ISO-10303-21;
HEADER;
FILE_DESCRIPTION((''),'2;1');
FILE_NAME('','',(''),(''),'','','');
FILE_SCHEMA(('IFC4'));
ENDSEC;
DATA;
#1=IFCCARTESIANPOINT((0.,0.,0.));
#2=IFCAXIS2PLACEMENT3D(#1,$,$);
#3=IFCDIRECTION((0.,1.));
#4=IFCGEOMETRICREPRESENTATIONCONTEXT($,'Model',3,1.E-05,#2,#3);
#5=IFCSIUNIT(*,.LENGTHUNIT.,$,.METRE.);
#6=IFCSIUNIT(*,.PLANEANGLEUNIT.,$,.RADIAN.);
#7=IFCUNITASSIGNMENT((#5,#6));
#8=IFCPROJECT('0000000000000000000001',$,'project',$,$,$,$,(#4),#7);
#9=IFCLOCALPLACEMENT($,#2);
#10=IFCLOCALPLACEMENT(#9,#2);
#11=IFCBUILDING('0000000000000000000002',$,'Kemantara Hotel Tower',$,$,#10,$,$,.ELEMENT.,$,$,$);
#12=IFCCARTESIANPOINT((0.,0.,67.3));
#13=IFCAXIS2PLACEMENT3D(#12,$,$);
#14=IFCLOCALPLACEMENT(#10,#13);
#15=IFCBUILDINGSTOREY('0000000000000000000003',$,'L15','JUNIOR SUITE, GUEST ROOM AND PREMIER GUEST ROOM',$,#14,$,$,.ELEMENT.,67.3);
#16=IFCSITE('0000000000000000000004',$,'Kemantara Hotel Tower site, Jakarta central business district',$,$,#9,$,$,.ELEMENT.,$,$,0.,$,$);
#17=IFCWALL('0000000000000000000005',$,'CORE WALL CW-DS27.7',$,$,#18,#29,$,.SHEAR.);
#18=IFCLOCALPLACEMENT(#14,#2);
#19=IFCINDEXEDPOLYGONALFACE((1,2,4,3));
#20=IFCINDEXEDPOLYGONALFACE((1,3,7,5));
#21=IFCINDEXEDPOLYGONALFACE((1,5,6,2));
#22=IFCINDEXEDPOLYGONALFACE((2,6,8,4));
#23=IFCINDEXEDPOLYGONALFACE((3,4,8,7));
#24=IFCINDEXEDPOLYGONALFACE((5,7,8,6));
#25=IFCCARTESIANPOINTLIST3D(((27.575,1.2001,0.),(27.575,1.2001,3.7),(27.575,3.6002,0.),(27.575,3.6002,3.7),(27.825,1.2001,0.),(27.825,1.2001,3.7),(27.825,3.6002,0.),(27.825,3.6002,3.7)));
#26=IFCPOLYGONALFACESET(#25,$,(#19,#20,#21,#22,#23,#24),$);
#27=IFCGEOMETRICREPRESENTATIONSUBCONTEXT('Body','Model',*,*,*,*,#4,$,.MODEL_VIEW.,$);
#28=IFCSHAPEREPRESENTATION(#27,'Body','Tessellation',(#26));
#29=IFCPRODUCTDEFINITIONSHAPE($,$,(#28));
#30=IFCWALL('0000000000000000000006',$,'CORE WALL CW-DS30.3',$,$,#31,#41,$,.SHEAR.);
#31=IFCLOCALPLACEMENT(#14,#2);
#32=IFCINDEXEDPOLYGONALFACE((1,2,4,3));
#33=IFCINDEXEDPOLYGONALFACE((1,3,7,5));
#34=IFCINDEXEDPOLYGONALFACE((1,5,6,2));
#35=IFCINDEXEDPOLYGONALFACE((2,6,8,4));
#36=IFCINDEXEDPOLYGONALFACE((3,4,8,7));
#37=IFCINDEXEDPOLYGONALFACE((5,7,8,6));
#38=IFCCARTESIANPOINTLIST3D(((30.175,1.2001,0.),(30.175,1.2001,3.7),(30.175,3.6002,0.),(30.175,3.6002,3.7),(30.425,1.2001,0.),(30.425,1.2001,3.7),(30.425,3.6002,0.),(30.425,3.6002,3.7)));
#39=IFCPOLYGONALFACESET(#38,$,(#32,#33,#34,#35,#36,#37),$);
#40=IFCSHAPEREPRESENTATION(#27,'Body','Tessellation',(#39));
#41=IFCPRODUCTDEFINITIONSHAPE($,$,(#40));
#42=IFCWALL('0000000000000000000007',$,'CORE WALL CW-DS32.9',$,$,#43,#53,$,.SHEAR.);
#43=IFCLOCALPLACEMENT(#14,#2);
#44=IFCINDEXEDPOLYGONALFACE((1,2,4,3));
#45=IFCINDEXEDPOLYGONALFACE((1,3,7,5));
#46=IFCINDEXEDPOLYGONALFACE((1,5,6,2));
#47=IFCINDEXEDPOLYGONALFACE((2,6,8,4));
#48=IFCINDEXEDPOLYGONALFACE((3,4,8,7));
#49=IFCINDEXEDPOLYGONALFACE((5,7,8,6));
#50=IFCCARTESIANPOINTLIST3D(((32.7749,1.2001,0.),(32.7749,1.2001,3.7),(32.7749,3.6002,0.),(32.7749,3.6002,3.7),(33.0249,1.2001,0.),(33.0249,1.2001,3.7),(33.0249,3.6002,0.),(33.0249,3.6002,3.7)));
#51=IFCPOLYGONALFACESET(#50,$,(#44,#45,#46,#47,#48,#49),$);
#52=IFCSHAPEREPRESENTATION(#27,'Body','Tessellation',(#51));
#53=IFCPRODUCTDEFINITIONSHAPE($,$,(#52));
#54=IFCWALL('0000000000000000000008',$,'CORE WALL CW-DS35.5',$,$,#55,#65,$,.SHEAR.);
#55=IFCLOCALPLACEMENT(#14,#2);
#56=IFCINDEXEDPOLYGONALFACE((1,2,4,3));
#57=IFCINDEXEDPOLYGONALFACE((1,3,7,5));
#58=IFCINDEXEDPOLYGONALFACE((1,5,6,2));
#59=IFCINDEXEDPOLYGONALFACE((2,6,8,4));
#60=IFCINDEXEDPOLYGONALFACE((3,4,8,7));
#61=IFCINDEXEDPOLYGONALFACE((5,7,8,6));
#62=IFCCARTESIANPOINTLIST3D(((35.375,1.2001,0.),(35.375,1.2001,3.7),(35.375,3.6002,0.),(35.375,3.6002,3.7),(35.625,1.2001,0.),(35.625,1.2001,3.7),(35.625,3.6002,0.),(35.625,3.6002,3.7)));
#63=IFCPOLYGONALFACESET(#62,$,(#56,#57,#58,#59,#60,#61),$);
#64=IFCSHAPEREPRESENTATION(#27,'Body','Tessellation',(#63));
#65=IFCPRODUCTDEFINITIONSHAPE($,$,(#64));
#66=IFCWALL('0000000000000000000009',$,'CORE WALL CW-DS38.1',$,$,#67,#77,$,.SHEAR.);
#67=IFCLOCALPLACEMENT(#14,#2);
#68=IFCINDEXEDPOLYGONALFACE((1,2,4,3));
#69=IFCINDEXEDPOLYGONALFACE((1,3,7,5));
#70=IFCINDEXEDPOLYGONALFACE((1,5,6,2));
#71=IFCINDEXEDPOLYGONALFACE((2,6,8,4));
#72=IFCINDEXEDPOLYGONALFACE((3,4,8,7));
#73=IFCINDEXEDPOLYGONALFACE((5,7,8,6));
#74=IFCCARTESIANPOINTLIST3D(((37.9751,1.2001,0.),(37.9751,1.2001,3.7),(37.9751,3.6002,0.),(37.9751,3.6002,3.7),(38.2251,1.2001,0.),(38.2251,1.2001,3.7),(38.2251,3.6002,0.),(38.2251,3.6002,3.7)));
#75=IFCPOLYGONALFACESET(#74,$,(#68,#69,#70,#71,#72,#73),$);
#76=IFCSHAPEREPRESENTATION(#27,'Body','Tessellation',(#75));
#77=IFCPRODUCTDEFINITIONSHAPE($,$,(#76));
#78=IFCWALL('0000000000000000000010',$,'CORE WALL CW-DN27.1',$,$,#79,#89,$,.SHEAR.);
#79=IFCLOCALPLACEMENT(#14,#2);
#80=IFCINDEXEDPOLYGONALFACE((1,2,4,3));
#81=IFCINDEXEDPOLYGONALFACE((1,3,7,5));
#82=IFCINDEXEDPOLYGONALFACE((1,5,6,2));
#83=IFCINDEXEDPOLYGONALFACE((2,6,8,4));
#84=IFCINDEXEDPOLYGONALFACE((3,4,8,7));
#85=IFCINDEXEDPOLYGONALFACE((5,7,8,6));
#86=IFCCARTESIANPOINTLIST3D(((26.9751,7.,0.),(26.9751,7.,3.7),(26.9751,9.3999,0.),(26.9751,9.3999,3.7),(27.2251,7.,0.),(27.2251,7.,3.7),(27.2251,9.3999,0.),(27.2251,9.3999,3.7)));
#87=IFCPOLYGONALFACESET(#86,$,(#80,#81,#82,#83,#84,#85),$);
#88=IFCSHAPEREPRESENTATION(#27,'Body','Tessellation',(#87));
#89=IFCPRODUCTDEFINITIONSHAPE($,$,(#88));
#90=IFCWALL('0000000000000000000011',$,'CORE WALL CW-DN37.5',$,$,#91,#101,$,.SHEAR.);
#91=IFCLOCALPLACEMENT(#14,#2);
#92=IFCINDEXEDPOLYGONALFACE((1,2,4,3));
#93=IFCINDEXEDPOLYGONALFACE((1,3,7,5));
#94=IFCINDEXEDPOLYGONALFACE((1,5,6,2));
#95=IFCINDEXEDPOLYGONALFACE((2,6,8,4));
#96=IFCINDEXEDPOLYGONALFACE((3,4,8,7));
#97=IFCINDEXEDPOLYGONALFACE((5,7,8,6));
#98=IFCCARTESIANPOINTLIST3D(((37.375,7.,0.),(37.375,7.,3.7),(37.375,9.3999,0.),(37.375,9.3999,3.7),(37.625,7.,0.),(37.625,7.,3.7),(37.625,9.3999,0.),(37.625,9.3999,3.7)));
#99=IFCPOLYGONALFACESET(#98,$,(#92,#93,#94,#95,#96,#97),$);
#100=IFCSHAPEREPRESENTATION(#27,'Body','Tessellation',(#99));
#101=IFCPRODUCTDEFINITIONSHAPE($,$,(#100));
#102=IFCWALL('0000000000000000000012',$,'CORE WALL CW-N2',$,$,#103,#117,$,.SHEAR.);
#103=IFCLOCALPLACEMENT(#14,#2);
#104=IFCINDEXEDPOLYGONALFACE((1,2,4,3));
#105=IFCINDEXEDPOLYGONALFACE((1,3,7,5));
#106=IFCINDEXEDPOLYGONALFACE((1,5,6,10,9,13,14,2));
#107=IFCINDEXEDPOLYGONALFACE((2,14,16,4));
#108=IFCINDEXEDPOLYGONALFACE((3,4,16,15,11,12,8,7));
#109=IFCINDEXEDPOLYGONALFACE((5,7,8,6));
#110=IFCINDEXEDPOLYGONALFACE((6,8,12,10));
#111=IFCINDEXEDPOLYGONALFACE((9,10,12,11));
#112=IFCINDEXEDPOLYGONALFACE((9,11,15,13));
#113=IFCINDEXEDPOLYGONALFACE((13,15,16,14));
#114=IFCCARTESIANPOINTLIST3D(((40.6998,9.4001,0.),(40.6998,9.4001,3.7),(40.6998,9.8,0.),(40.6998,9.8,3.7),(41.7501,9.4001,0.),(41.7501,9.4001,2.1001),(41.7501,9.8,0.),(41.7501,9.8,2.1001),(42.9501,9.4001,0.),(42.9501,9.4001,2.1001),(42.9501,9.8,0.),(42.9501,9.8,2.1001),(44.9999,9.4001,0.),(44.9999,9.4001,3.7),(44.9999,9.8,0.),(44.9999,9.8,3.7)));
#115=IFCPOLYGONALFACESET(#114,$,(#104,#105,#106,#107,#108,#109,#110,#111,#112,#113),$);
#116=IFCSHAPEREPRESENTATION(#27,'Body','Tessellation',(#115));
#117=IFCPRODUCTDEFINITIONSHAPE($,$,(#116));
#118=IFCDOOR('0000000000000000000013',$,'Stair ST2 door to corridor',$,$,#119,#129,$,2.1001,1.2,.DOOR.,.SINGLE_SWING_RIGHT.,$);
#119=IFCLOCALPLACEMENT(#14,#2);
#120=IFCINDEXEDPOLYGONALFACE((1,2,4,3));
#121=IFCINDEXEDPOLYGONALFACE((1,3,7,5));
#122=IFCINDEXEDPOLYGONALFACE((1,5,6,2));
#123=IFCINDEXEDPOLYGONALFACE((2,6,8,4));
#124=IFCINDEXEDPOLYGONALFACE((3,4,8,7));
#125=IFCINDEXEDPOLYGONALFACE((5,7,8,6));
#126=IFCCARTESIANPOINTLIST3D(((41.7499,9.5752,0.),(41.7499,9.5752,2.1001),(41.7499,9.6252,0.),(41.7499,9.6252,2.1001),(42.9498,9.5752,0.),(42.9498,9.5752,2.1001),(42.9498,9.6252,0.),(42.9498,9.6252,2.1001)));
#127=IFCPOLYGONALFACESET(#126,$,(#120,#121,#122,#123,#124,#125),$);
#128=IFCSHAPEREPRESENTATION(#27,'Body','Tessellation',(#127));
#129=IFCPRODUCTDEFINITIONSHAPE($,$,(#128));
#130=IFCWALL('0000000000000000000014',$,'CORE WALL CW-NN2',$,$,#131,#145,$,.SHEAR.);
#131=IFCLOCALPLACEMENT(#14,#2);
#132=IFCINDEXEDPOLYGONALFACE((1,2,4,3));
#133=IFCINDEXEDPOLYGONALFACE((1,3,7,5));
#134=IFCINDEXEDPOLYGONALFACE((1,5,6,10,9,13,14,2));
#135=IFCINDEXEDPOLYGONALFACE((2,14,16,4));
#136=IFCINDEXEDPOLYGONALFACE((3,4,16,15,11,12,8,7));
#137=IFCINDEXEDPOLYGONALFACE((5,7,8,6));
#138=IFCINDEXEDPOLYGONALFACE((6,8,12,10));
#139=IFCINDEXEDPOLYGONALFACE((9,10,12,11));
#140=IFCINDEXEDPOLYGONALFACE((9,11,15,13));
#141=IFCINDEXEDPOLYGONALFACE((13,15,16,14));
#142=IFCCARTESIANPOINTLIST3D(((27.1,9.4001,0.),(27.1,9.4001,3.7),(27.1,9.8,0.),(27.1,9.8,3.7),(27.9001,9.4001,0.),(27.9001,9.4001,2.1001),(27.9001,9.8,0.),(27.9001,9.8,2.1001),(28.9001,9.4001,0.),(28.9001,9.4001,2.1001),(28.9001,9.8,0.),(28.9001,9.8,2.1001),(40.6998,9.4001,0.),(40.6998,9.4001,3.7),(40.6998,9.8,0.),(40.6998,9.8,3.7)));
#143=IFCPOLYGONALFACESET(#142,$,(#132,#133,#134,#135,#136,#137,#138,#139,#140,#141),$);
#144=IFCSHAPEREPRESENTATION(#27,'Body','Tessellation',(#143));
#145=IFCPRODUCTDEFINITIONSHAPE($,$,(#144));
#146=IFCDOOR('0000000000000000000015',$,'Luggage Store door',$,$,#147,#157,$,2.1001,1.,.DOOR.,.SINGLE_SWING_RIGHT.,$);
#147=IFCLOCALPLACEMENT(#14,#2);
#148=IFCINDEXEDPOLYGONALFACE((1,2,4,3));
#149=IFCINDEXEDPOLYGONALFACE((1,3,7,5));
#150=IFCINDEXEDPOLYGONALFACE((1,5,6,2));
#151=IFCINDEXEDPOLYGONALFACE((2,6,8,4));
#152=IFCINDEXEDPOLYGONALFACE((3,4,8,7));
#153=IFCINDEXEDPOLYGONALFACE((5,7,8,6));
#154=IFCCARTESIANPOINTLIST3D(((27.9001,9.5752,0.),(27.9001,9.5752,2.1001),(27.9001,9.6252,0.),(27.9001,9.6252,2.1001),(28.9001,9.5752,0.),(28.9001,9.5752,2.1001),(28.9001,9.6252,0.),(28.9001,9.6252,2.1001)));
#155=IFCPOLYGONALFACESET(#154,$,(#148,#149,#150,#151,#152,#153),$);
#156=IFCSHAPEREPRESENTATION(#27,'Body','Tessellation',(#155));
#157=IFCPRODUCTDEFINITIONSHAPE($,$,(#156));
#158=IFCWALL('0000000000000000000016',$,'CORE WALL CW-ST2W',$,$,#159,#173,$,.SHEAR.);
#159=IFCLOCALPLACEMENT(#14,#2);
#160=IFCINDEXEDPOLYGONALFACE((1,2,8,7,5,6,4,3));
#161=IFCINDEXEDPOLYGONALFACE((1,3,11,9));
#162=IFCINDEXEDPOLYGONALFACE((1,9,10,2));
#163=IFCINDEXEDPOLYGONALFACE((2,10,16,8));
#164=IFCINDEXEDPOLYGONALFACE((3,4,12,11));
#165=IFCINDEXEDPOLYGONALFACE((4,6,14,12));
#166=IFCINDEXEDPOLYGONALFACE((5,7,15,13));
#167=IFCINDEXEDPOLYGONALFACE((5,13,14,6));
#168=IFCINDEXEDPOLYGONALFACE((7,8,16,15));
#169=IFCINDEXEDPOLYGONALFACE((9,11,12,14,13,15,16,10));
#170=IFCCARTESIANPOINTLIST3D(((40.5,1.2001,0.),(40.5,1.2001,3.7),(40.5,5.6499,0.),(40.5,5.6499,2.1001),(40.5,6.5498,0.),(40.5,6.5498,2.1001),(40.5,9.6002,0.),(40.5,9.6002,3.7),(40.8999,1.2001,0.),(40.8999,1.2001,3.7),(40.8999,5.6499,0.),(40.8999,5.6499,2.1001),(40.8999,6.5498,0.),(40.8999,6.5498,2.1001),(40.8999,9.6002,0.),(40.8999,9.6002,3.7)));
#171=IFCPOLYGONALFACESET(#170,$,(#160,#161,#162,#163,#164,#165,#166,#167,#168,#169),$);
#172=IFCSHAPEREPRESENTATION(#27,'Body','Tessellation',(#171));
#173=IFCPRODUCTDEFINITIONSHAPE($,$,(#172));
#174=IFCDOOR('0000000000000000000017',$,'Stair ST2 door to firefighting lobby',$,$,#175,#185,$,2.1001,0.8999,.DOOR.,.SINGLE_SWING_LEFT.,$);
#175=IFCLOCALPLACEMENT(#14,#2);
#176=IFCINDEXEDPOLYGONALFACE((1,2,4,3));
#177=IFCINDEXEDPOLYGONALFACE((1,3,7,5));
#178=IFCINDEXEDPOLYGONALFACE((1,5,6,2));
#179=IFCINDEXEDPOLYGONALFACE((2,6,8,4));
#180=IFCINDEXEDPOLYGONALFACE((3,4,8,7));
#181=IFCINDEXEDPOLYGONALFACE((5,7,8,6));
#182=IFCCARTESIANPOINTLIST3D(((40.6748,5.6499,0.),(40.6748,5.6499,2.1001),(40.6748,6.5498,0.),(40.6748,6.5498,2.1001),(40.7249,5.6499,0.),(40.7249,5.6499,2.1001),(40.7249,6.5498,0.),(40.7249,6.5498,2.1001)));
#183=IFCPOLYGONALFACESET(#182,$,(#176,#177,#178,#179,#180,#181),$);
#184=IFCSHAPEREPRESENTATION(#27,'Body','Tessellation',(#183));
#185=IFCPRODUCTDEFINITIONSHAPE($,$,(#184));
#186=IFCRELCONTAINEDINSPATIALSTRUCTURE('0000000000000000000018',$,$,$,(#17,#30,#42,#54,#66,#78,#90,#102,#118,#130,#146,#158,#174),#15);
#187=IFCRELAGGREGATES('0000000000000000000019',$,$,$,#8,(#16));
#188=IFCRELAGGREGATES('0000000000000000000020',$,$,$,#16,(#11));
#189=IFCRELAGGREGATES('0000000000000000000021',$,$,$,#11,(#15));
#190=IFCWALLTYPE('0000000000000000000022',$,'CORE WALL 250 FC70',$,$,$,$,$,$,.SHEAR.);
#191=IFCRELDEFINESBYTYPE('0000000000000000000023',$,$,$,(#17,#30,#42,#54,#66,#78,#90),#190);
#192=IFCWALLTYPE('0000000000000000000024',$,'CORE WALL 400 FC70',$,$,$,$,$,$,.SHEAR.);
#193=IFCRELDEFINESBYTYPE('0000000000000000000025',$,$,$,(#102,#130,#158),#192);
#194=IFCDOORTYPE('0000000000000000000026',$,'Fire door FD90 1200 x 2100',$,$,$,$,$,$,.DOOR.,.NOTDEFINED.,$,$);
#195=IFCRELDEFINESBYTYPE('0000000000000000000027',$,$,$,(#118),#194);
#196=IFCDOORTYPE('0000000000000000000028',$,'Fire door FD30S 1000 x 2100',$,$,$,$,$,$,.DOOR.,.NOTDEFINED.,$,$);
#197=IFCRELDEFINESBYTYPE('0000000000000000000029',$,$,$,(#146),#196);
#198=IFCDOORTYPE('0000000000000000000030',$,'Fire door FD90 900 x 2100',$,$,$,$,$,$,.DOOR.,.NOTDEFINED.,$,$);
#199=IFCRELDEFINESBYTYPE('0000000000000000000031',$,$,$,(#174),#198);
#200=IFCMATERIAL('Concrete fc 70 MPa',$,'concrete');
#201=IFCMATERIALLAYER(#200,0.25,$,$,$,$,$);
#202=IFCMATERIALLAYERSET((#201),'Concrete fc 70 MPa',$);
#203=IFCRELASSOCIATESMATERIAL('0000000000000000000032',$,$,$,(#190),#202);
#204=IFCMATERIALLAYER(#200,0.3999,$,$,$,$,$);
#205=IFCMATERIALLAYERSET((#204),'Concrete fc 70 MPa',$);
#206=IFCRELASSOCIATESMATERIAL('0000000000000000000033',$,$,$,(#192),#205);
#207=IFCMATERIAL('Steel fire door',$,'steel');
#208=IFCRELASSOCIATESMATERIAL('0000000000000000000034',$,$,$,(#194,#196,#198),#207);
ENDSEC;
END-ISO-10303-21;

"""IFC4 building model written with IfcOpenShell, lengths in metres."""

from ifc_helpers import new_model, si_unit, direction, frame, frame_2d, origin, place, context, subcontext, project, spatial, rectangle, extrude, material, layer, layer_set, type_object, element, fill, save


model = new_model("IFC4")

# Units and contexts
model_context = context("Model", 3, precision=1e-05, world=origin(), true_north=direction((0.0, 1.0)))
body_context = subcontext(model_context, "Body", "Model", "MODEL_VIEW")
ifc_project = project(units=[si_unit("LENGTHUNIT", "METRE"), si_unit("PLANEANGLEUNIT", "RADIAN")], contexts=[model_context])

# Site, building, storey
site_placement = place(None, origin())
site = spatial("IfcSite", under=ifc_project, at=site_placement, Name="Kemantara Hotel Tower site, Jakarta central business district", CompositionType="ELEMENT", RefElevation=0.0)
building_placement = place(site_placement, origin())
building = spatial("IfcBuilding", under=site, at=building_placement, Name="Kemantara Hotel Tower", CompositionType="ELEMENT")
storey_placement = place(building_placement, frame((0.0, 0.0, 67.3)))
storey = spatial("IfcBuildingStorey", under=building, at=storey_placement, Name="L15", Description="JUNIOR SUITE, GUEST ROOM AND PREMIER GUEST ROOM", CompositionType="ELEMENT", Elevation=67.3)

# Walls
ifc_material_1 = material(Name="Concrete fc 70 MPa", Category="concrete")
ifc_layer_1 = layer(ifc_material_1, 0.25)
ifc_layer_set_1 = layer_set([ifc_layer_1], Name="Concrete fc 70 MPa")
wall_type_1 = type_object("IfcWallType", Name="CORE WALL 250 FC70", PredefinedType="SHEAR", material=ifc_layer_set_1)
for number, where, z_axis, x_axis, name in (
    (1, (27.7, 1.2, 0.0), (0.0, 0.0, 1.0), (0.0, 1.0, 0.0), "CORE WALL CW-DS27.7"),
    (2, (30.3, 1.2, 0.0), (0.0, 0.0, 1.0), (0.0, 1.0, 0.0), "CORE WALL CW-DS30.3"),
    (3, (32.8999, 1.2, 0.0), (0.0, 0.0, 1.0), (0.0, 1.0, 0.0), "CORE WALL CW-DS32.9"),
    (4, (35.5, 1.2, 0.0), (0.0, 0.0, 1.0), (0.0, 1.0, 0.0), "CORE WALL CW-DS35.5"),
    (5, (38.1001, 1.2, 0.0), (0.0, 0.0, 1.0), (0.0, 1.0, 0.0), "CORE WALL CW-DS38.1"),
):
    element("IfcWall", number, at=place(storey_placement, frame(where, z_axis=z_axis, x_axis=x_axis)), inside=storey, type_object=wall_type_1, Name=name, PredefinedType="SHEAR", context=body_context, shape_type="SweptSolid", body=[
        extrude(rectangle(XDim=2.4001, YDim=0.25, at=frame_2d((1.2002, 0.0))), origin(), (0.0, 0.0, 1.0), 3.7),
    ])
for number, where, z_axis, x_axis, name in (
    (6, (27.1001, 7.0, 0.0), (0.0, 0.0, 1.0), (0.0, 1.0, 0.0), "CORE WALL CW-DN27.1"),
    (7, (37.5, 7.0, 0.0), (0.0, 0.0, 1.0), (0.0, 1.0, 0.0), "CORE WALL CW-DN37.5"),
):
    element("IfcWall", number, at=place(storey_placement, frame(where, z_axis=z_axis, x_axis=x_axis)), inside=storey, type_object=wall_type_1, Name=name, PredefinedType="SHEAR", context=body_context, shape_type="SweptSolid", body=[
        extrude(rectangle(XDim=2.3999, YDim=0.25, at=frame_2d((1.2, 0.0))), origin(), (0.0, 0.0, 1.0), 3.7),
    ])

# Walls, openings, doors
ifc_layer_2 = layer(ifc_material_1, 0.3999)
ifc_layer_set_2 = layer_set([ifc_layer_2], Name="Concrete fc 70 MPa")
wall_type_2 = type_object("IfcWallType", Name="CORE WALL 400 FC70", PredefinedType="SHEAR", material=ifc_layer_set_2)
wall_1_placement = place(storey_placement, frame((40.7, 9.6001, 0.0), z_axis=(0.0, 0.0, 1.0), x_axis=(1.0, 0.0, 0.0)))
wall_1 = element("IfcWall", 8, at=wall_1_placement, inside=storey, type_object=wall_type_2, Name="CORE WALL CW-N2", PredefinedType="SHEAR", context=body_context, shape_type="SweptSolid", body=[
    extrude(rectangle(XDim=4.3, YDim=0.3999, at=frame_2d((2.1499, 0.0))), origin(), (0.0, 0.0, 1.0), 3.7),
])
opening_1_placement = place(wall_1_placement, frame((1.05, 0.0, 0.0)))
opening_1 = element("IfcOpeningElement", 9, at=opening_1_placement, cuts=wall_1, PredefinedType="OPENING", context=body_context, shape_type="SweptSolid", body=[
    extrude(rectangle(XDim=1.2, YDim=2.1001, at=frame_2d((0.6001, 1.05))), frame((0.0, 0.21, 0.0), z_axis=(0.0, -1.0, 0.0), x_axis=(1.0, 0.0, 0.0)), (0.0, 0.0, 1.0), 0.4199),
])
ifc_material_2 = material(Name="Steel fire door", Category="steel")
door_type_1 = type_object("IfcDoorType", Name="Fire door FD90 1200 x 2100", OperationType="NOTDEFINED", PredefinedType="DOOR", material=ifc_material_2)
door_1_placement = place(opening_1_placement, frame((1.2, 0.0, 0.0), z_axis=(0.0, 0.0, 1.0), x_axis=(-1.0, 0.0, 0.0)))
door_1 = element("IfcDoor", 10, at=door_1_placement, inside=storey, type_object=door_type_1, Name="Stair ST2 door to corridor", OperationType="SINGLE_SWING_RIGHT", OverallHeight=2.1001, OverallWidth=1.2, PredefinedType="DOOR", context=body_context, shape_type="SweptSolid", body=[
    extrude(rectangle(XDim=1.2, YDim=2.1001, at=frame_2d((0.6001, 1.05))), frame((0.0, 0.0249, 0.0), z_axis=(0.0, -1.0, 0.0), x_axis=(1.0, 0.0, 0.0)), (0.0, 0.0, 1.0), 0.05),
])
fill(opening_1, door_1)
wall_2_placement = place(storey_placement, frame((27.1001, 9.6001, 0.0), z_axis=(0.0, 0.0, 1.0), x_axis=(1.0, 0.0, 0.0)))
wall_2 = element("IfcWall", 11, at=wall_2_placement, inside=storey, type_object=wall_type_2, Name="CORE WALL CW-NN2", PredefinedType="SHEAR", context=body_context, shape_type="SweptSolid", body=[
    extrude(rectangle(XDim=13.5999, YDim=0.3999, at=frame_2d((6.7998, 0.0))), origin(), (0.0, 0.0, 1.0), 3.7),
])
opening_2_placement = place(wall_2_placement, frame((0.8, 0.0, 0.0)))
opening_2 = element("IfcOpeningElement", 12, at=opening_2_placement, cuts=wall_2, PredefinedType="OPENING", context=body_context, shape_type="SweptSolid", body=[
    extrude(rectangle(XDim=1.0, YDim=2.1001, at=frame_2d((0.5, 1.05))), frame((0.0, 0.21, 0.0), z_axis=(0.0, -1.0, 0.0), x_axis=(1.0, 0.0, 0.0)), (0.0, 0.0, 1.0), 0.4199),
])
door_type_2 = type_object("IfcDoorType", Name="Fire door FD30S 1000 x 2100", OperationType="NOTDEFINED", PredefinedType="DOOR", material=ifc_material_2)
door_2_placement = place(opening_2_placement, frame((1.0, 0.0, 0.0), z_axis=(0.0, 0.0, 1.0), x_axis=(-1.0, 0.0, 0.0)))
door_2 = element("IfcDoor", 13, at=door_2_placement, inside=storey, type_object=door_type_2, Name="Luggage Store door", OperationType="SINGLE_SWING_RIGHT", OverallHeight=2.1001, OverallWidth=1.0, PredefinedType="DOOR", context=body_context, shape_type="SweptSolid", body=[
    extrude(rectangle(XDim=1.0, YDim=2.1001, at=frame_2d((0.5, 1.05))), frame((0.0, 0.0249, 0.0), z_axis=(0.0, -1.0, 0.0), x_axis=(1.0, 0.0, 0.0)), (0.0, 0.0, 1.0), 0.05),
])
fill(opening_2, door_2)
wall_3_placement = place(storey_placement, frame((40.7, 1.2, 0.0), z_axis=(0.0, 0.0, 1.0), x_axis=(0.0, 1.0, 0.0)))
wall_3 = element("IfcWall", 14, at=wall_3_placement, inside=storey, type_object=wall_type_2, Name="CORE WALL CW-ST2W", PredefinedType="SHEAR", context=body_context, shape_type="SweptSolid", body=[
    extrude(rectangle(XDim=8.4001, YDim=0.3999, at=frame_2d((4.2002, 0.0))), origin(), (0.0, 0.0, 1.0), 3.7),
])
opening_3_placement = place(wall_3_placement, frame((4.45, 0.0, 0.0)))
opening_3 = element("IfcOpeningElement", 15, at=opening_3_placement, cuts=wall_3, PredefinedType="OPENING", context=body_context, shape_type="SweptSolid", body=[
    extrude(rectangle(XDim=0.8999, YDim=2.1001, at=frame_2d((0.45, 1.05))), frame((0.0, 0.21, 0.0), z_axis=(0.0, -1.0, 0.0), x_axis=(1.0, 0.0, 0.0)), (0.0, 0.0, 1.0), 0.4199),
])
door_type_3 = type_object("IfcDoorType", Name="Fire door FD90 900 x 2100", OperationType="NOTDEFINED", PredefinedType="DOOR", material=ifc_material_2)
door_3_placement = place(opening_3_placement, frame((0.8999, 0.0, 0.0), z_axis=(0.0, 0.0, 1.0), x_axis=(-1.0, 0.0, 0.0)))
door_3 = element("IfcDoor", 16, at=door_3_placement, inside=storey, type_object=door_type_3, Name="Stair ST2 door to firefighting lobby", OperationType="SINGLE_SWING_LEFT", OverallHeight=2.1001, OverallWidth=0.8999, PredefinedType="DOOR", context=body_context, shape_type="SweptSolid", body=[
    extrude(rectangle(XDim=0.8999, YDim=2.1001, at=frame_2d((0.45, 1.05))), frame((0.0, 0.0249, 0.0), z_axis=(0.0, -1.0, 0.0), x_axis=(1.0, 0.0, 0.0)), (0.0, 0.0, 1.0), 0.05),
])
fill(opening_3, door_3)

save(model, "model.ifc")
